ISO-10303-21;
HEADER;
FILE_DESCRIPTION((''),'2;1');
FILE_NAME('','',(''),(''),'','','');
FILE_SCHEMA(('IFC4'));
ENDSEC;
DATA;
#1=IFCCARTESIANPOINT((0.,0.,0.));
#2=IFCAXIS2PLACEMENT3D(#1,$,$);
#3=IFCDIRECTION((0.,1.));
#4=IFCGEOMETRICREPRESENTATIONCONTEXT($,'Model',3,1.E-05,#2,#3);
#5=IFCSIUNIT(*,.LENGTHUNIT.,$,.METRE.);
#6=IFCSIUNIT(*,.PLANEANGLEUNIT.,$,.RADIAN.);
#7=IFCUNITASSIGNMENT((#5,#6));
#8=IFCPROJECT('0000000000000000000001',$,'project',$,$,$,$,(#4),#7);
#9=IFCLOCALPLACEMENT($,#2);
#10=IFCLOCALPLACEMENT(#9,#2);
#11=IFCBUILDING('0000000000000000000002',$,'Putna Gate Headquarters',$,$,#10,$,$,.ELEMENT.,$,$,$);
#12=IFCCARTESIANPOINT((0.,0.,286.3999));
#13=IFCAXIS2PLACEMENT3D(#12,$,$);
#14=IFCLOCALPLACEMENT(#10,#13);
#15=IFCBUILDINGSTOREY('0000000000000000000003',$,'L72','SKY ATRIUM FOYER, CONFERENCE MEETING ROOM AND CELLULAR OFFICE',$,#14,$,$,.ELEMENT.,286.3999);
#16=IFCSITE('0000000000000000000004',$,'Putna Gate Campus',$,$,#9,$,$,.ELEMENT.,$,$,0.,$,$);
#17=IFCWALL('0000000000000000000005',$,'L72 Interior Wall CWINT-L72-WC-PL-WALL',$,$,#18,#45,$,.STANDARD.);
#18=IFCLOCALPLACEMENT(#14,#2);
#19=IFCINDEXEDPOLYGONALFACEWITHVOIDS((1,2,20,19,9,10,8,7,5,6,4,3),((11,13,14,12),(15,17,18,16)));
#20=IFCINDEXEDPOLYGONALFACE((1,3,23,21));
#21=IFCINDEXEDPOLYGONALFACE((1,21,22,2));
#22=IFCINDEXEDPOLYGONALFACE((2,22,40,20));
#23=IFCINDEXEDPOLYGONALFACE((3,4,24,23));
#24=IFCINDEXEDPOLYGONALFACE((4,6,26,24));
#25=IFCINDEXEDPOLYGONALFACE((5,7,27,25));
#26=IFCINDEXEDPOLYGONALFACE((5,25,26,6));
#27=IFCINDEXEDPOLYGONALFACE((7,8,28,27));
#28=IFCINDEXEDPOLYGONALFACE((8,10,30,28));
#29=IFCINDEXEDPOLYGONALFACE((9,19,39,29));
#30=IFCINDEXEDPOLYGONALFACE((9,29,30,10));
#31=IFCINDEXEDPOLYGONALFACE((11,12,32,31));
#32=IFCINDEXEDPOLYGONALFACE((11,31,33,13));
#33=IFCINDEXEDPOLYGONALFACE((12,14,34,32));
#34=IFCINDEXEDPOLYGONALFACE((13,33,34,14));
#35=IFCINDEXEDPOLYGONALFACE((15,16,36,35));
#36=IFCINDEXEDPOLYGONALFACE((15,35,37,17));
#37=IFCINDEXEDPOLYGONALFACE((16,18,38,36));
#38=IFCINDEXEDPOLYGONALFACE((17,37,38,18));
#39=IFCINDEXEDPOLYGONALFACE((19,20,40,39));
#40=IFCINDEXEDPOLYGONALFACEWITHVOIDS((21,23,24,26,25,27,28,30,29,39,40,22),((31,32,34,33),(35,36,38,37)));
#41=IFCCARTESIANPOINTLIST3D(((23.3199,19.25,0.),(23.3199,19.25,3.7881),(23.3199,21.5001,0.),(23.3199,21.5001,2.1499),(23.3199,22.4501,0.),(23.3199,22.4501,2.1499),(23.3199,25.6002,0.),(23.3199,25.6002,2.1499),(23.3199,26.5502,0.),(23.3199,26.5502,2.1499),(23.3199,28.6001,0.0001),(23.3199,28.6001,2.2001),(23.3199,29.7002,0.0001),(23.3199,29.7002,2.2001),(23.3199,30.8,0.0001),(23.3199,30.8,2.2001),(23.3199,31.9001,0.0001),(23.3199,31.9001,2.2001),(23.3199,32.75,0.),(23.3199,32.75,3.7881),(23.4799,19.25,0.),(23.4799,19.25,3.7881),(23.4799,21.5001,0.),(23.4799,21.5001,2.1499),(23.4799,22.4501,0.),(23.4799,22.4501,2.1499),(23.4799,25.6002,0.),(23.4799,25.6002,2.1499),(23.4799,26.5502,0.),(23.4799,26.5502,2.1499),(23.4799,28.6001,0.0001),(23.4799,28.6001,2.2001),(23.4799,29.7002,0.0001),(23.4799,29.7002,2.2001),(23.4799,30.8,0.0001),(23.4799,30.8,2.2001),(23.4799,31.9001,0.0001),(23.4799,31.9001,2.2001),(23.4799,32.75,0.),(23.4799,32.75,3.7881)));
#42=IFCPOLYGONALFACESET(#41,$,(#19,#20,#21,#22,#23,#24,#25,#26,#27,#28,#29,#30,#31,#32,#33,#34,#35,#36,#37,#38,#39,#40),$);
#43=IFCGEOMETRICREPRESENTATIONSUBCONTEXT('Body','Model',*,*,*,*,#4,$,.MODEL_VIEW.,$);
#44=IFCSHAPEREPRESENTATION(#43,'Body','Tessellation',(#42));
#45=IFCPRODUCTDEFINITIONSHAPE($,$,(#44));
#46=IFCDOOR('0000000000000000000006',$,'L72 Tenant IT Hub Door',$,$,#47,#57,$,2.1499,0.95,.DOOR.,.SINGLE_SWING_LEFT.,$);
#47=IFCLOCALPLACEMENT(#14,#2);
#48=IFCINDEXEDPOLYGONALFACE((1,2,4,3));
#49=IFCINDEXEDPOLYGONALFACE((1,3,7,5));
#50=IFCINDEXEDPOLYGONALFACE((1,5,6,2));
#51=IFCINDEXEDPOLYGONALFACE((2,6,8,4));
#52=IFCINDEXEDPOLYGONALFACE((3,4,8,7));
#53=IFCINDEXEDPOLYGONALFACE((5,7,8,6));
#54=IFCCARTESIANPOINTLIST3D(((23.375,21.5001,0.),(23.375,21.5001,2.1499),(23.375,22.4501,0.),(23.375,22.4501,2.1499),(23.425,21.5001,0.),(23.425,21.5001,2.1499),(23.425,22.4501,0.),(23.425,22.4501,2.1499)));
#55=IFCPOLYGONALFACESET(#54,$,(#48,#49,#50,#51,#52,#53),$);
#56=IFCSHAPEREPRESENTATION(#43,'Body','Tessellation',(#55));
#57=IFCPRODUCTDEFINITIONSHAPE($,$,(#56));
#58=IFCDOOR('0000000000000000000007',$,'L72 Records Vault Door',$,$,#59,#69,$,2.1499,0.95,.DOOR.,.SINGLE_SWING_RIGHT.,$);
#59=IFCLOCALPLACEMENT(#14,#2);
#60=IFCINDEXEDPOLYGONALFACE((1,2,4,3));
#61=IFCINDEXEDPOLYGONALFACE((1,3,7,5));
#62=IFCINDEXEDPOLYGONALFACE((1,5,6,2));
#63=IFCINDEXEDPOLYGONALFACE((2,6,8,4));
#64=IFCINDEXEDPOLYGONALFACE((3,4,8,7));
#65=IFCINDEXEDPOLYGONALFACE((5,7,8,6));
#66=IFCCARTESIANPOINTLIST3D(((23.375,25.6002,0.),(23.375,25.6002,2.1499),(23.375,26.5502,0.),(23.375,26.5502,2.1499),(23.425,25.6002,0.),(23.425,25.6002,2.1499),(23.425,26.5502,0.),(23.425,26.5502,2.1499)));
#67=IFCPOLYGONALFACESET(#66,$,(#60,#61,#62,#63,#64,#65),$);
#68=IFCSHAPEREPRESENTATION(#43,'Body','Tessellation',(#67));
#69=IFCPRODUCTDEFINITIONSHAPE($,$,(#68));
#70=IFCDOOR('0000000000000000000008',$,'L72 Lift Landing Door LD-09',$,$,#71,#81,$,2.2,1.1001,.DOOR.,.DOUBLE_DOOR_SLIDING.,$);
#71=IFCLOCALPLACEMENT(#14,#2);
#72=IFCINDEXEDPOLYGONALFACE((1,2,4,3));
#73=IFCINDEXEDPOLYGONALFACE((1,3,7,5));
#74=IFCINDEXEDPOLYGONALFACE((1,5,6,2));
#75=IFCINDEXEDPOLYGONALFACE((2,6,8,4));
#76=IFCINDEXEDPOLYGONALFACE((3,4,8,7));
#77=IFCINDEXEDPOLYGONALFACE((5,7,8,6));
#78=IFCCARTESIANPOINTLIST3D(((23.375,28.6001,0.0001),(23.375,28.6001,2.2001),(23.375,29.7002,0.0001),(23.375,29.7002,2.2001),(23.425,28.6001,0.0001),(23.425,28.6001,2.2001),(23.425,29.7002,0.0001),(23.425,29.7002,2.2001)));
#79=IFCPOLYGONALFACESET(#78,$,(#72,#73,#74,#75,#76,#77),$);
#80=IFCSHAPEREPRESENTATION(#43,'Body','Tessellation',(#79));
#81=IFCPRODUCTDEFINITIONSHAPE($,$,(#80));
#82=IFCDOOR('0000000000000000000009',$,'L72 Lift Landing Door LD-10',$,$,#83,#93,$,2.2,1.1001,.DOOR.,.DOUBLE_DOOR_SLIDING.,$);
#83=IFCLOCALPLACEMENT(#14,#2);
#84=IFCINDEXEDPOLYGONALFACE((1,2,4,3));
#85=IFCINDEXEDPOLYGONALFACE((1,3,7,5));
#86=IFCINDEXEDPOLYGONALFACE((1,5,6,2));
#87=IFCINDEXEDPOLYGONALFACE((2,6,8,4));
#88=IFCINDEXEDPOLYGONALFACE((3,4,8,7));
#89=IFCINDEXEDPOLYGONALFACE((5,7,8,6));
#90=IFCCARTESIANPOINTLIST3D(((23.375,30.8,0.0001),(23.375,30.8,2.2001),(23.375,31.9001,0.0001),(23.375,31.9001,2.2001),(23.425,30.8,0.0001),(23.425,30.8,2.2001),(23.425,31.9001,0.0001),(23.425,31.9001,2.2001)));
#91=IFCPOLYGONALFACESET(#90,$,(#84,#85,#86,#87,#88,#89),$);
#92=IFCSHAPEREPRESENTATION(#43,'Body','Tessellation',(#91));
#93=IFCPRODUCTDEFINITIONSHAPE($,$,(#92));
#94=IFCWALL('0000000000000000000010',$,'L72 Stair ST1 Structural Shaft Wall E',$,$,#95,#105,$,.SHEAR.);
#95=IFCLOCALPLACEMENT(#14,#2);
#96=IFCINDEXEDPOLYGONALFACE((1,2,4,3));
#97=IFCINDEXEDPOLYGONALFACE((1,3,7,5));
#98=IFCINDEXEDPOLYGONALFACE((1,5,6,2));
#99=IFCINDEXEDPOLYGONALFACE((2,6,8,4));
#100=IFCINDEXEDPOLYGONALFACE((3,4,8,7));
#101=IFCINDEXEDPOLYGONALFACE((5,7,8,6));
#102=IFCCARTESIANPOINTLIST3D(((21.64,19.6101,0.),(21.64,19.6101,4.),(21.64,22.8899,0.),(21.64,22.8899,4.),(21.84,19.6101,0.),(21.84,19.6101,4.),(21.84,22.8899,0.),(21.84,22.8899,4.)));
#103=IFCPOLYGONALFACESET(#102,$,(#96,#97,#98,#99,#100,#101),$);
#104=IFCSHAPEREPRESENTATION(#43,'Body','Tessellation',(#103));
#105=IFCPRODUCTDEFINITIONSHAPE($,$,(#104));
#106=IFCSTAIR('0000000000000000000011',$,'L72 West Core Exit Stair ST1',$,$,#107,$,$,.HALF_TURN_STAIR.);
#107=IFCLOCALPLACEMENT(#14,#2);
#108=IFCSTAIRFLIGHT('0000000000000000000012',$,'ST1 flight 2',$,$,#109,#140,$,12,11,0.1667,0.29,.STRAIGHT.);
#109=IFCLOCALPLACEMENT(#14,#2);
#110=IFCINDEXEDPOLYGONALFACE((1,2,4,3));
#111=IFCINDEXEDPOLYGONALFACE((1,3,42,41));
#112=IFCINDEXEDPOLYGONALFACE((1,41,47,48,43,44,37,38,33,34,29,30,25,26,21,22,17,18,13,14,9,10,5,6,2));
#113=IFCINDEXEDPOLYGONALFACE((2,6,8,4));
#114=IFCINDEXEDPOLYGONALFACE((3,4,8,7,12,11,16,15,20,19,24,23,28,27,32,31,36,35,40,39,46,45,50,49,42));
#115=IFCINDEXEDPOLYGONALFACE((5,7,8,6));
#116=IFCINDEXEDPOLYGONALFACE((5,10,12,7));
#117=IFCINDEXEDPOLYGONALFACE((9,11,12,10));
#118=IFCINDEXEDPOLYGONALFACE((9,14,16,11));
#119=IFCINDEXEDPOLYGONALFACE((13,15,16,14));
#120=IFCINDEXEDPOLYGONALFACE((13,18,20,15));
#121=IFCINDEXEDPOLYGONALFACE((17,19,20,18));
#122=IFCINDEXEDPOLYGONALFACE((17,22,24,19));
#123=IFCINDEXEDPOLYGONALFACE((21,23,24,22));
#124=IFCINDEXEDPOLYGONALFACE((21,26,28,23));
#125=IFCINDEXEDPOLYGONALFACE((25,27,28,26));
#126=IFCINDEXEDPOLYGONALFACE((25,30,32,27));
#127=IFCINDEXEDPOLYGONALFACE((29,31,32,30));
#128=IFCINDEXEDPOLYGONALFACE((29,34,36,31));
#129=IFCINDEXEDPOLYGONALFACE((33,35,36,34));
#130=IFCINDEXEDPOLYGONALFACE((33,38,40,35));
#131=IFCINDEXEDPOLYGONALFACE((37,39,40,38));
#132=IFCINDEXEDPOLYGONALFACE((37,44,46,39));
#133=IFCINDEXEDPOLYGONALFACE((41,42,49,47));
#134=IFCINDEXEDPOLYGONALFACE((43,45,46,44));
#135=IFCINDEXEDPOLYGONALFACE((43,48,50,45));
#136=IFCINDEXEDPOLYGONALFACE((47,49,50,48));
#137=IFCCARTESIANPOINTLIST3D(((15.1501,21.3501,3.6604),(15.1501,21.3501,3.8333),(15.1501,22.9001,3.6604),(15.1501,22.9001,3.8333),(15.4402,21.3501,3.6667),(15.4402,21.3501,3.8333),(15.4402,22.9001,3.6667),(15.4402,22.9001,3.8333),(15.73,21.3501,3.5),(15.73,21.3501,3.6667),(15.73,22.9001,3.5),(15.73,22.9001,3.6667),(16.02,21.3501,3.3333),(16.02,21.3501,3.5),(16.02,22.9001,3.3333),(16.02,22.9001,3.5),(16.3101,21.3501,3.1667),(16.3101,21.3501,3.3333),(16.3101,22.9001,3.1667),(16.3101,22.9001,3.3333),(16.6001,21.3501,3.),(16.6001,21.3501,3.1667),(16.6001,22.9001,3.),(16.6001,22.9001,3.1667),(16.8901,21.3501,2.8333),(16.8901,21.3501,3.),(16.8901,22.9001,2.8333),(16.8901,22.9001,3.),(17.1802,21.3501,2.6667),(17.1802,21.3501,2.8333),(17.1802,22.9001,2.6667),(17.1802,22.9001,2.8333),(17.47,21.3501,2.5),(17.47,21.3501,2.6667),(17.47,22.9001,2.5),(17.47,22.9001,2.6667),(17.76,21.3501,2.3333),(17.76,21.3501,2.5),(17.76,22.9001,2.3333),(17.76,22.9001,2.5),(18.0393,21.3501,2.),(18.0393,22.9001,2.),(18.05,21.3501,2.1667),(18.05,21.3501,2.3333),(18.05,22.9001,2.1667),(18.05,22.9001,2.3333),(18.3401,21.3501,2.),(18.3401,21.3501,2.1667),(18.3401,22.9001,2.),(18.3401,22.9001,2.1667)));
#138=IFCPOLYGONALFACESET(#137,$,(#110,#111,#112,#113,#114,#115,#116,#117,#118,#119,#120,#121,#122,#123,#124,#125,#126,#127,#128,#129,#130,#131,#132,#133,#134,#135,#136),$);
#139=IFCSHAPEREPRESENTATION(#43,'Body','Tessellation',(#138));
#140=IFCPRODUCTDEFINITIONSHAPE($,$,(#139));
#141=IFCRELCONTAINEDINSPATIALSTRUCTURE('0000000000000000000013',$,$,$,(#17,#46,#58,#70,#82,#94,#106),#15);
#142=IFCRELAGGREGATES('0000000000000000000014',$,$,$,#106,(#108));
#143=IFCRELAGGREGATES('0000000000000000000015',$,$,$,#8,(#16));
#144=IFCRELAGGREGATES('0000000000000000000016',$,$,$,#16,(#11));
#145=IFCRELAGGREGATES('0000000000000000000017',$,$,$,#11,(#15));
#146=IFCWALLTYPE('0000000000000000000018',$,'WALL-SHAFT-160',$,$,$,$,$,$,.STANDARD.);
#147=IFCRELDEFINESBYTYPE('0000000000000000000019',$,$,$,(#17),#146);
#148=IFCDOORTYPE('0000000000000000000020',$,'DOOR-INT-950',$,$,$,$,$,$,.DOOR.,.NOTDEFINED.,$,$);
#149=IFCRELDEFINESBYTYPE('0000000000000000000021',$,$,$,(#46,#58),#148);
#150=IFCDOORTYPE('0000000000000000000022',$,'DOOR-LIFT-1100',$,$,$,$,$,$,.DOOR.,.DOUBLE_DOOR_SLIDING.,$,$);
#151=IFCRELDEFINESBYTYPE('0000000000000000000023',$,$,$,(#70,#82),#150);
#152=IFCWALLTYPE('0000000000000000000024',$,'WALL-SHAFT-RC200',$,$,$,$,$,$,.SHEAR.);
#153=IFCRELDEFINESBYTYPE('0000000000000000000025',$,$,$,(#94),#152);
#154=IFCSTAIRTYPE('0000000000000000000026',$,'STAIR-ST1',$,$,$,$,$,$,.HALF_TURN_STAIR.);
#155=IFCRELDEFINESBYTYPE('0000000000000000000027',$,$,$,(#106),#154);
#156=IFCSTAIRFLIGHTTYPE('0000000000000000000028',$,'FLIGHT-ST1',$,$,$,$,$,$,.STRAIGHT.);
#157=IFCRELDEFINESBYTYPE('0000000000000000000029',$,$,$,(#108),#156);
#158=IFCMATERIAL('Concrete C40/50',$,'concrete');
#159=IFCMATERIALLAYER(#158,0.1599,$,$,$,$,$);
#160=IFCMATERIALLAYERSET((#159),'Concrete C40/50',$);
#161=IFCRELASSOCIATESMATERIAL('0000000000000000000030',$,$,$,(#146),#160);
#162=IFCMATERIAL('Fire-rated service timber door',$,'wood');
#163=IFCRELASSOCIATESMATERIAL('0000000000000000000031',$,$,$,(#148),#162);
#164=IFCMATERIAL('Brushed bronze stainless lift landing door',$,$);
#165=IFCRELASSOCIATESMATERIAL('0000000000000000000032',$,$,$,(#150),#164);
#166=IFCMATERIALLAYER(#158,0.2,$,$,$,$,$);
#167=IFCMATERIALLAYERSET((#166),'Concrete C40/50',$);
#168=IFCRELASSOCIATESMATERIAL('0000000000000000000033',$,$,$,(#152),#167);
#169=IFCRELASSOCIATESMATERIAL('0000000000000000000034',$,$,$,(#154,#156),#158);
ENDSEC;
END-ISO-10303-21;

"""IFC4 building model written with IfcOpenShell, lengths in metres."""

from ifc_helpers import new_model, si_unit, direction, frame, frame_2d, origin, place, context, subcontext, project, spatial, polyline, rectangle, outline, extrude, material, layer, layer_set, type_object, element, fill, aggregate, save


model = new_model("IFC4")

# Units and contexts
model_context = context("Model", 3, precision=1e-05, world=origin(), true_north=direction((0.0, 1.0)))
body_context = subcontext(model_context, "Body", "Model", "MODEL_VIEW")
ifc_project = project(units=[si_unit("LENGTHUNIT", "METRE"), si_unit("PLANEANGLEUNIT", "RADIAN")], contexts=[model_context])

# Site, building, storey
site_placement = place(None, origin())
site = spatial("IfcSite", under=ifc_project, at=site_placement, Name="Putna Gate Campus", CompositionType="ELEMENT", RefElevation=0.0)
building_placement = place(site_placement, origin())
building = spatial("IfcBuilding", under=site, at=building_placement, Name="Putna Gate Headquarters", CompositionType="ELEMENT")
storey_placement = place(building_placement, frame((0.0, 0.0, 286.3999)))
storey = spatial("IfcBuildingStorey", under=building, at=storey_placement, Name="L72", Description="SKY ATRIUM FOYER, CONFERENCE MEETING ROOM AND CELLULAR OFFICE", CompositionType="ELEMENT", Elevation=286.3999)

# Wall, openings, doors
ifc_material_1 = material(Name="Concrete C40/50", Category="concrete")
ifc_layer_1 = layer(ifc_material_1, 0.1599)
ifc_layer_set_1 = layer_set([ifc_layer_1], Name="Concrete C40/50")
wall_type_1 = type_object("IfcWallType", Name="WALL-SHAFT-160", PredefinedType="STANDARD", material=ifc_layer_set_1)
wall_1_placement = place(storey_placement, frame((23.3999, 19.25, 0.0), z_axis=(0.0, 0.0, 1.0), x_axis=(0.0, 1.0, 0.0)))
wall_1 = element("IfcWall", 1, at=wall_1_placement, inside=storey, type_object=wall_type_1, Name="L72 Interior Wall CWINT-L72-WC-PL-WALL", PredefinedType="STANDARD", context=body_context, shape_type="SweptSolid", body=[
    extrude(rectangle(XDim=13.5, YDim=0.1599, at=frame_2d((6.75, 0.0))), origin(), (0.0, 0.0, 1.0), 3.7881),
])
opening_1_placement = place(wall_1_placement, frame((2.25, 0.0, 0.0)))
opening_1 = element("IfcOpeningElement", 2, at=opening_1_placement, cuts=wall_1, PredefinedType="OPENING", context=body_context, shape_type="SweptSolid", body=[
    extrude(rectangle(XDim=0.95, YDim=2.1499, at=frame_2d((0.4751, 1.075))), frame((0.0, 0.0898, 0.0), z_axis=(0.0, -1.0, 0.0), x_axis=(1.0, 0.0, 0.0)), (0.0, 0.0, 1.0), 0.1799),
])
opening_2_placement = place(wall_1_placement, frame((6.3501, 0.0, 0.0)))
opening_2 = element("IfcOpeningElement", 3, at=opening_2_placement, cuts=wall_1, PredefinedType="OPENING", context=body_context, shape_type="SweptSolid", body=[
    extrude(rectangle(XDim=0.95, YDim=2.1499, at=frame_2d((0.4751, 1.075))), frame((0.0, 0.0898, 0.0), z_axis=(0.0, -1.0, 0.0), x_axis=(1.0, 0.0, 0.0)), (0.0, 0.0, 1.0), 0.1799),
])
opening_3_placement = place(wall_1_placement, frame((9.3501, 0.0, 0.0)))
opening_3 = element("IfcOpeningElement", 4, at=opening_3_placement, cuts=wall_1, PredefinedType="OPENING", context=body_context, shape_type="SweptSolid", body=[
    extrude(rectangle(XDim=1.1001, YDim=2.2, at=frame_2d((0.55, 1.1001))), frame((0.0, 0.0898, 0.0), z_axis=(0.0, -1.0, 0.0), x_axis=(1.0, 0.0, 0.0)), (0.0, 0.0, 1.0), 0.1799),
])
opening_4_placement = place(wall_1_placement, frame((11.55, 0.0, 0.0)))
opening_4 = element("IfcOpeningElement", 5, at=opening_4_placement, cuts=wall_1, PredefinedType="OPENING", context=body_context, shape_type="SweptSolid", body=[
    extrude(rectangle(XDim=1.1001, YDim=2.2, at=frame_2d((0.55, 1.1001))), frame((0.0, 0.0898, 0.0), z_axis=(0.0, -1.0, 0.0), x_axis=(1.0, 0.0, 0.0)), (0.0, 0.0, 1.0), 0.1799),
])
ifc_material_2 = material(Name="Fire-rated service timber door", Category="wood")
door_type_1 = type_object("IfcDoorType", Name="DOOR-INT-950", OperationType="NOTDEFINED", PredefinedType="DOOR", material=ifc_material_2)
door_1_placement = place(opening_1_placement, origin())
door_1 = element("IfcDoor", 6, at=door_1_placement, inside=storey, type_object=door_type_1, Name="L72 Tenant IT Hub Door", OperationType="SINGLE_SWING_LEFT", OverallHeight=2.1499, OverallWidth=0.95, PredefinedType="DOOR", context=body_context, shape_type="SweptSolid", body=[
    extrude(rectangle(XDim=0.95, YDim=2.1499, at=frame_2d((0.4751, 1.075))), frame((0.0, 0.0249, 0.0), z_axis=(0.0, -1.0, 0.0), x_axis=(1.0, 0.0, 0.0)), (0.0, 0.0, 1.0), 0.05),
])
fill(opening_1, door_1)
door_2_placement = place(opening_2_placement, origin())
door_2 = element("IfcDoor", 7, at=door_2_placement, inside=storey, type_object=door_type_1, Name="L72 Records Vault Door", OperationType="SINGLE_SWING_RIGHT", OverallHeight=2.1499, OverallWidth=0.95, PredefinedType="DOOR", context=body_context, shape_type="SweptSolid", body=[
    extrude(rectangle(XDim=0.95, YDim=2.1499, at=frame_2d((0.4751, 1.075))), frame((0.0, 0.0249, 0.0), z_axis=(0.0, -1.0, 0.0), x_axis=(1.0, 0.0, 0.0)), (0.0, 0.0, 1.0), 0.05),
])
fill(opening_2, door_2)
ifc_material_3 = material(Name="Brushed bronze stainless lift landing door")
door_type_2 = type_object("IfcDoorType", Name="DOOR-LIFT-1100", OperationType="DOUBLE_DOOR_SLIDING", PredefinedType="DOOR", material=ifc_material_3)
door_3_placement = place(opening_3_placement, origin())
door_3 = element("IfcDoor", 8, at=door_3_placement, inside=storey, type_object=door_type_2, Name="L72 Lift Landing Door LD-09", OperationType="DOUBLE_DOOR_SLIDING", OverallHeight=2.2, OverallWidth=1.1001, PredefinedType="DOOR", context=body_context, shape_type="SweptSolid", body=[
    extrude(rectangle(XDim=1.1001, YDim=2.2, at=frame_2d((0.55, 1.1001))), frame((0.0, 0.0249, 0.0), z_axis=(0.0, -1.0, 0.0), x_axis=(1.0, 0.0, 0.0)), (0.0, 0.0, 1.0), 0.05),
])
fill(opening_3, door_3)
door_4_placement = place(opening_4_placement, origin())
door_4 = element("IfcDoor", 9, at=door_4_placement, inside=storey, type_object=door_type_2, Name="L72 Lift Landing Door LD-10", OperationType="DOUBLE_DOOR_SLIDING", OverallHeight=2.2, OverallWidth=1.1001, PredefinedType="DOOR", context=body_context, shape_type="SweptSolid", body=[
    extrude(rectangle(XDim=1.1001, YDim=2.2, at=frame_2d((0.55, 1.1001))), frame((0.0, 0.0249, 0.0), z_axis=(0.0, -1.0, 0.0), x_axis=(1.0, 0.0, 0.0)), (0.0, 0.0, 1.0), 0.05),
])
fill(opening_4, door_4)

# Wall
ifc_layer_2 = layer(ifc_material_1, 0.2)
ifc_layer_set_2 = layer_set([ifc_layer_2], Name="Concrete C40/50")
wall_type_2 = type_object("IfcWallType", Name="WALL-SHAFT-RC200", PredefinedType="SHEAR", material=ifc_layer_set_2)
wall_2_placement = place(storey_placement, frame((21.74, 19.6101, 0.0), z_axis=(0.0, 0.0, 1.0), x_axis=(0.0, 1.0, 0.0)))
element("IfcWall", 10, at=wall_2_placement, inside=storey, type_object=wall_type_2, Name="L72 Stair ST1 Structural Shaft Wall E", PredefinedType="SHEAR", context=body_context, shape_type="SweptSolid", body=[
    extrude(rectangle(XDim=3.2798, YDim=0.2, at=frame_2d((1.6399, 0.0))), origin(), (0.0, 0.0, 1.0), 4.0),
])

# Stair, stair flight
stair_type = type_object("IfcStairType", Name="STAIR-ST1", PredefinedType="HALF_TURN_STAIR", material=ifc_material_1)
stair_placement = place(storey_placement, origin())
stair = element("IfcStair", 11, at=stair_placement, inside=storey, type_object=stair_type, Name="L72 West Core Exit Stair ST1", PredefinedType="HALF_TURN_STAIR")
stair_flight_type = type_object("IfcStairFlightType", Name="FLIGHT-ST1", PredefinedType="STRAIGHT", material=ifc_material_1)
stair_flight_placement = place(storey_placement, frame((18.3401, 22.125, 2.0), z_axis=(0.0, 0.0, 1.0), x_axis=(-1.0, 0.0, 0.0)))
stair_flight = element("IfcStairFlight", 12, at=stair_flight_placement, type_object=stair_flight_type, Name="ST1 flight 2", NumberOfRisers=12, NumberOfTreads=11, PredefinedType="STRAIGHT", RiserHeight=0.1667, TreadLength=0.29, context=body_context, shape_type="SweptSolid", body=[
    extrude(outline(polyline([(0.0, 0.0), (0.0, 0.1667), (0.29, 0.1667), (0.29, 0.3333), (0.5801, 0.3333), (0.5801, 0.5), (0.8701, 0.5), (0.8701, 0.6667), (1.1599, 0.6667), (1.1599, 0.8333), (1.45, 0.8333), (1.45, 1.0), (1.74, 1.0), (1.74, 1.1667), (2.03, 1.1667), (2.03, 1.3333), (2.3201, 1.3333), (2.3201, 1.5), (2.6101, 1.5), (2.6101, 1.6667), (2.8999, 1.6667), (2.8999, 1.8333), (3.1899, 1.8333), (3.1899, 2.0), (3.1899, 1.6604), (0.3008, 0.0), (0.0, 0.0)])), frame((0.0, 0.7749, 0.0), z_axis=(0.0, -1.0, 0.0), x_axis=(1.0, 0.0, 0.0)), (0.0, 0.0, 1.0), 1.55),
])
aggregate(stair, [stair_flight])

save(model, "model.ifc")
